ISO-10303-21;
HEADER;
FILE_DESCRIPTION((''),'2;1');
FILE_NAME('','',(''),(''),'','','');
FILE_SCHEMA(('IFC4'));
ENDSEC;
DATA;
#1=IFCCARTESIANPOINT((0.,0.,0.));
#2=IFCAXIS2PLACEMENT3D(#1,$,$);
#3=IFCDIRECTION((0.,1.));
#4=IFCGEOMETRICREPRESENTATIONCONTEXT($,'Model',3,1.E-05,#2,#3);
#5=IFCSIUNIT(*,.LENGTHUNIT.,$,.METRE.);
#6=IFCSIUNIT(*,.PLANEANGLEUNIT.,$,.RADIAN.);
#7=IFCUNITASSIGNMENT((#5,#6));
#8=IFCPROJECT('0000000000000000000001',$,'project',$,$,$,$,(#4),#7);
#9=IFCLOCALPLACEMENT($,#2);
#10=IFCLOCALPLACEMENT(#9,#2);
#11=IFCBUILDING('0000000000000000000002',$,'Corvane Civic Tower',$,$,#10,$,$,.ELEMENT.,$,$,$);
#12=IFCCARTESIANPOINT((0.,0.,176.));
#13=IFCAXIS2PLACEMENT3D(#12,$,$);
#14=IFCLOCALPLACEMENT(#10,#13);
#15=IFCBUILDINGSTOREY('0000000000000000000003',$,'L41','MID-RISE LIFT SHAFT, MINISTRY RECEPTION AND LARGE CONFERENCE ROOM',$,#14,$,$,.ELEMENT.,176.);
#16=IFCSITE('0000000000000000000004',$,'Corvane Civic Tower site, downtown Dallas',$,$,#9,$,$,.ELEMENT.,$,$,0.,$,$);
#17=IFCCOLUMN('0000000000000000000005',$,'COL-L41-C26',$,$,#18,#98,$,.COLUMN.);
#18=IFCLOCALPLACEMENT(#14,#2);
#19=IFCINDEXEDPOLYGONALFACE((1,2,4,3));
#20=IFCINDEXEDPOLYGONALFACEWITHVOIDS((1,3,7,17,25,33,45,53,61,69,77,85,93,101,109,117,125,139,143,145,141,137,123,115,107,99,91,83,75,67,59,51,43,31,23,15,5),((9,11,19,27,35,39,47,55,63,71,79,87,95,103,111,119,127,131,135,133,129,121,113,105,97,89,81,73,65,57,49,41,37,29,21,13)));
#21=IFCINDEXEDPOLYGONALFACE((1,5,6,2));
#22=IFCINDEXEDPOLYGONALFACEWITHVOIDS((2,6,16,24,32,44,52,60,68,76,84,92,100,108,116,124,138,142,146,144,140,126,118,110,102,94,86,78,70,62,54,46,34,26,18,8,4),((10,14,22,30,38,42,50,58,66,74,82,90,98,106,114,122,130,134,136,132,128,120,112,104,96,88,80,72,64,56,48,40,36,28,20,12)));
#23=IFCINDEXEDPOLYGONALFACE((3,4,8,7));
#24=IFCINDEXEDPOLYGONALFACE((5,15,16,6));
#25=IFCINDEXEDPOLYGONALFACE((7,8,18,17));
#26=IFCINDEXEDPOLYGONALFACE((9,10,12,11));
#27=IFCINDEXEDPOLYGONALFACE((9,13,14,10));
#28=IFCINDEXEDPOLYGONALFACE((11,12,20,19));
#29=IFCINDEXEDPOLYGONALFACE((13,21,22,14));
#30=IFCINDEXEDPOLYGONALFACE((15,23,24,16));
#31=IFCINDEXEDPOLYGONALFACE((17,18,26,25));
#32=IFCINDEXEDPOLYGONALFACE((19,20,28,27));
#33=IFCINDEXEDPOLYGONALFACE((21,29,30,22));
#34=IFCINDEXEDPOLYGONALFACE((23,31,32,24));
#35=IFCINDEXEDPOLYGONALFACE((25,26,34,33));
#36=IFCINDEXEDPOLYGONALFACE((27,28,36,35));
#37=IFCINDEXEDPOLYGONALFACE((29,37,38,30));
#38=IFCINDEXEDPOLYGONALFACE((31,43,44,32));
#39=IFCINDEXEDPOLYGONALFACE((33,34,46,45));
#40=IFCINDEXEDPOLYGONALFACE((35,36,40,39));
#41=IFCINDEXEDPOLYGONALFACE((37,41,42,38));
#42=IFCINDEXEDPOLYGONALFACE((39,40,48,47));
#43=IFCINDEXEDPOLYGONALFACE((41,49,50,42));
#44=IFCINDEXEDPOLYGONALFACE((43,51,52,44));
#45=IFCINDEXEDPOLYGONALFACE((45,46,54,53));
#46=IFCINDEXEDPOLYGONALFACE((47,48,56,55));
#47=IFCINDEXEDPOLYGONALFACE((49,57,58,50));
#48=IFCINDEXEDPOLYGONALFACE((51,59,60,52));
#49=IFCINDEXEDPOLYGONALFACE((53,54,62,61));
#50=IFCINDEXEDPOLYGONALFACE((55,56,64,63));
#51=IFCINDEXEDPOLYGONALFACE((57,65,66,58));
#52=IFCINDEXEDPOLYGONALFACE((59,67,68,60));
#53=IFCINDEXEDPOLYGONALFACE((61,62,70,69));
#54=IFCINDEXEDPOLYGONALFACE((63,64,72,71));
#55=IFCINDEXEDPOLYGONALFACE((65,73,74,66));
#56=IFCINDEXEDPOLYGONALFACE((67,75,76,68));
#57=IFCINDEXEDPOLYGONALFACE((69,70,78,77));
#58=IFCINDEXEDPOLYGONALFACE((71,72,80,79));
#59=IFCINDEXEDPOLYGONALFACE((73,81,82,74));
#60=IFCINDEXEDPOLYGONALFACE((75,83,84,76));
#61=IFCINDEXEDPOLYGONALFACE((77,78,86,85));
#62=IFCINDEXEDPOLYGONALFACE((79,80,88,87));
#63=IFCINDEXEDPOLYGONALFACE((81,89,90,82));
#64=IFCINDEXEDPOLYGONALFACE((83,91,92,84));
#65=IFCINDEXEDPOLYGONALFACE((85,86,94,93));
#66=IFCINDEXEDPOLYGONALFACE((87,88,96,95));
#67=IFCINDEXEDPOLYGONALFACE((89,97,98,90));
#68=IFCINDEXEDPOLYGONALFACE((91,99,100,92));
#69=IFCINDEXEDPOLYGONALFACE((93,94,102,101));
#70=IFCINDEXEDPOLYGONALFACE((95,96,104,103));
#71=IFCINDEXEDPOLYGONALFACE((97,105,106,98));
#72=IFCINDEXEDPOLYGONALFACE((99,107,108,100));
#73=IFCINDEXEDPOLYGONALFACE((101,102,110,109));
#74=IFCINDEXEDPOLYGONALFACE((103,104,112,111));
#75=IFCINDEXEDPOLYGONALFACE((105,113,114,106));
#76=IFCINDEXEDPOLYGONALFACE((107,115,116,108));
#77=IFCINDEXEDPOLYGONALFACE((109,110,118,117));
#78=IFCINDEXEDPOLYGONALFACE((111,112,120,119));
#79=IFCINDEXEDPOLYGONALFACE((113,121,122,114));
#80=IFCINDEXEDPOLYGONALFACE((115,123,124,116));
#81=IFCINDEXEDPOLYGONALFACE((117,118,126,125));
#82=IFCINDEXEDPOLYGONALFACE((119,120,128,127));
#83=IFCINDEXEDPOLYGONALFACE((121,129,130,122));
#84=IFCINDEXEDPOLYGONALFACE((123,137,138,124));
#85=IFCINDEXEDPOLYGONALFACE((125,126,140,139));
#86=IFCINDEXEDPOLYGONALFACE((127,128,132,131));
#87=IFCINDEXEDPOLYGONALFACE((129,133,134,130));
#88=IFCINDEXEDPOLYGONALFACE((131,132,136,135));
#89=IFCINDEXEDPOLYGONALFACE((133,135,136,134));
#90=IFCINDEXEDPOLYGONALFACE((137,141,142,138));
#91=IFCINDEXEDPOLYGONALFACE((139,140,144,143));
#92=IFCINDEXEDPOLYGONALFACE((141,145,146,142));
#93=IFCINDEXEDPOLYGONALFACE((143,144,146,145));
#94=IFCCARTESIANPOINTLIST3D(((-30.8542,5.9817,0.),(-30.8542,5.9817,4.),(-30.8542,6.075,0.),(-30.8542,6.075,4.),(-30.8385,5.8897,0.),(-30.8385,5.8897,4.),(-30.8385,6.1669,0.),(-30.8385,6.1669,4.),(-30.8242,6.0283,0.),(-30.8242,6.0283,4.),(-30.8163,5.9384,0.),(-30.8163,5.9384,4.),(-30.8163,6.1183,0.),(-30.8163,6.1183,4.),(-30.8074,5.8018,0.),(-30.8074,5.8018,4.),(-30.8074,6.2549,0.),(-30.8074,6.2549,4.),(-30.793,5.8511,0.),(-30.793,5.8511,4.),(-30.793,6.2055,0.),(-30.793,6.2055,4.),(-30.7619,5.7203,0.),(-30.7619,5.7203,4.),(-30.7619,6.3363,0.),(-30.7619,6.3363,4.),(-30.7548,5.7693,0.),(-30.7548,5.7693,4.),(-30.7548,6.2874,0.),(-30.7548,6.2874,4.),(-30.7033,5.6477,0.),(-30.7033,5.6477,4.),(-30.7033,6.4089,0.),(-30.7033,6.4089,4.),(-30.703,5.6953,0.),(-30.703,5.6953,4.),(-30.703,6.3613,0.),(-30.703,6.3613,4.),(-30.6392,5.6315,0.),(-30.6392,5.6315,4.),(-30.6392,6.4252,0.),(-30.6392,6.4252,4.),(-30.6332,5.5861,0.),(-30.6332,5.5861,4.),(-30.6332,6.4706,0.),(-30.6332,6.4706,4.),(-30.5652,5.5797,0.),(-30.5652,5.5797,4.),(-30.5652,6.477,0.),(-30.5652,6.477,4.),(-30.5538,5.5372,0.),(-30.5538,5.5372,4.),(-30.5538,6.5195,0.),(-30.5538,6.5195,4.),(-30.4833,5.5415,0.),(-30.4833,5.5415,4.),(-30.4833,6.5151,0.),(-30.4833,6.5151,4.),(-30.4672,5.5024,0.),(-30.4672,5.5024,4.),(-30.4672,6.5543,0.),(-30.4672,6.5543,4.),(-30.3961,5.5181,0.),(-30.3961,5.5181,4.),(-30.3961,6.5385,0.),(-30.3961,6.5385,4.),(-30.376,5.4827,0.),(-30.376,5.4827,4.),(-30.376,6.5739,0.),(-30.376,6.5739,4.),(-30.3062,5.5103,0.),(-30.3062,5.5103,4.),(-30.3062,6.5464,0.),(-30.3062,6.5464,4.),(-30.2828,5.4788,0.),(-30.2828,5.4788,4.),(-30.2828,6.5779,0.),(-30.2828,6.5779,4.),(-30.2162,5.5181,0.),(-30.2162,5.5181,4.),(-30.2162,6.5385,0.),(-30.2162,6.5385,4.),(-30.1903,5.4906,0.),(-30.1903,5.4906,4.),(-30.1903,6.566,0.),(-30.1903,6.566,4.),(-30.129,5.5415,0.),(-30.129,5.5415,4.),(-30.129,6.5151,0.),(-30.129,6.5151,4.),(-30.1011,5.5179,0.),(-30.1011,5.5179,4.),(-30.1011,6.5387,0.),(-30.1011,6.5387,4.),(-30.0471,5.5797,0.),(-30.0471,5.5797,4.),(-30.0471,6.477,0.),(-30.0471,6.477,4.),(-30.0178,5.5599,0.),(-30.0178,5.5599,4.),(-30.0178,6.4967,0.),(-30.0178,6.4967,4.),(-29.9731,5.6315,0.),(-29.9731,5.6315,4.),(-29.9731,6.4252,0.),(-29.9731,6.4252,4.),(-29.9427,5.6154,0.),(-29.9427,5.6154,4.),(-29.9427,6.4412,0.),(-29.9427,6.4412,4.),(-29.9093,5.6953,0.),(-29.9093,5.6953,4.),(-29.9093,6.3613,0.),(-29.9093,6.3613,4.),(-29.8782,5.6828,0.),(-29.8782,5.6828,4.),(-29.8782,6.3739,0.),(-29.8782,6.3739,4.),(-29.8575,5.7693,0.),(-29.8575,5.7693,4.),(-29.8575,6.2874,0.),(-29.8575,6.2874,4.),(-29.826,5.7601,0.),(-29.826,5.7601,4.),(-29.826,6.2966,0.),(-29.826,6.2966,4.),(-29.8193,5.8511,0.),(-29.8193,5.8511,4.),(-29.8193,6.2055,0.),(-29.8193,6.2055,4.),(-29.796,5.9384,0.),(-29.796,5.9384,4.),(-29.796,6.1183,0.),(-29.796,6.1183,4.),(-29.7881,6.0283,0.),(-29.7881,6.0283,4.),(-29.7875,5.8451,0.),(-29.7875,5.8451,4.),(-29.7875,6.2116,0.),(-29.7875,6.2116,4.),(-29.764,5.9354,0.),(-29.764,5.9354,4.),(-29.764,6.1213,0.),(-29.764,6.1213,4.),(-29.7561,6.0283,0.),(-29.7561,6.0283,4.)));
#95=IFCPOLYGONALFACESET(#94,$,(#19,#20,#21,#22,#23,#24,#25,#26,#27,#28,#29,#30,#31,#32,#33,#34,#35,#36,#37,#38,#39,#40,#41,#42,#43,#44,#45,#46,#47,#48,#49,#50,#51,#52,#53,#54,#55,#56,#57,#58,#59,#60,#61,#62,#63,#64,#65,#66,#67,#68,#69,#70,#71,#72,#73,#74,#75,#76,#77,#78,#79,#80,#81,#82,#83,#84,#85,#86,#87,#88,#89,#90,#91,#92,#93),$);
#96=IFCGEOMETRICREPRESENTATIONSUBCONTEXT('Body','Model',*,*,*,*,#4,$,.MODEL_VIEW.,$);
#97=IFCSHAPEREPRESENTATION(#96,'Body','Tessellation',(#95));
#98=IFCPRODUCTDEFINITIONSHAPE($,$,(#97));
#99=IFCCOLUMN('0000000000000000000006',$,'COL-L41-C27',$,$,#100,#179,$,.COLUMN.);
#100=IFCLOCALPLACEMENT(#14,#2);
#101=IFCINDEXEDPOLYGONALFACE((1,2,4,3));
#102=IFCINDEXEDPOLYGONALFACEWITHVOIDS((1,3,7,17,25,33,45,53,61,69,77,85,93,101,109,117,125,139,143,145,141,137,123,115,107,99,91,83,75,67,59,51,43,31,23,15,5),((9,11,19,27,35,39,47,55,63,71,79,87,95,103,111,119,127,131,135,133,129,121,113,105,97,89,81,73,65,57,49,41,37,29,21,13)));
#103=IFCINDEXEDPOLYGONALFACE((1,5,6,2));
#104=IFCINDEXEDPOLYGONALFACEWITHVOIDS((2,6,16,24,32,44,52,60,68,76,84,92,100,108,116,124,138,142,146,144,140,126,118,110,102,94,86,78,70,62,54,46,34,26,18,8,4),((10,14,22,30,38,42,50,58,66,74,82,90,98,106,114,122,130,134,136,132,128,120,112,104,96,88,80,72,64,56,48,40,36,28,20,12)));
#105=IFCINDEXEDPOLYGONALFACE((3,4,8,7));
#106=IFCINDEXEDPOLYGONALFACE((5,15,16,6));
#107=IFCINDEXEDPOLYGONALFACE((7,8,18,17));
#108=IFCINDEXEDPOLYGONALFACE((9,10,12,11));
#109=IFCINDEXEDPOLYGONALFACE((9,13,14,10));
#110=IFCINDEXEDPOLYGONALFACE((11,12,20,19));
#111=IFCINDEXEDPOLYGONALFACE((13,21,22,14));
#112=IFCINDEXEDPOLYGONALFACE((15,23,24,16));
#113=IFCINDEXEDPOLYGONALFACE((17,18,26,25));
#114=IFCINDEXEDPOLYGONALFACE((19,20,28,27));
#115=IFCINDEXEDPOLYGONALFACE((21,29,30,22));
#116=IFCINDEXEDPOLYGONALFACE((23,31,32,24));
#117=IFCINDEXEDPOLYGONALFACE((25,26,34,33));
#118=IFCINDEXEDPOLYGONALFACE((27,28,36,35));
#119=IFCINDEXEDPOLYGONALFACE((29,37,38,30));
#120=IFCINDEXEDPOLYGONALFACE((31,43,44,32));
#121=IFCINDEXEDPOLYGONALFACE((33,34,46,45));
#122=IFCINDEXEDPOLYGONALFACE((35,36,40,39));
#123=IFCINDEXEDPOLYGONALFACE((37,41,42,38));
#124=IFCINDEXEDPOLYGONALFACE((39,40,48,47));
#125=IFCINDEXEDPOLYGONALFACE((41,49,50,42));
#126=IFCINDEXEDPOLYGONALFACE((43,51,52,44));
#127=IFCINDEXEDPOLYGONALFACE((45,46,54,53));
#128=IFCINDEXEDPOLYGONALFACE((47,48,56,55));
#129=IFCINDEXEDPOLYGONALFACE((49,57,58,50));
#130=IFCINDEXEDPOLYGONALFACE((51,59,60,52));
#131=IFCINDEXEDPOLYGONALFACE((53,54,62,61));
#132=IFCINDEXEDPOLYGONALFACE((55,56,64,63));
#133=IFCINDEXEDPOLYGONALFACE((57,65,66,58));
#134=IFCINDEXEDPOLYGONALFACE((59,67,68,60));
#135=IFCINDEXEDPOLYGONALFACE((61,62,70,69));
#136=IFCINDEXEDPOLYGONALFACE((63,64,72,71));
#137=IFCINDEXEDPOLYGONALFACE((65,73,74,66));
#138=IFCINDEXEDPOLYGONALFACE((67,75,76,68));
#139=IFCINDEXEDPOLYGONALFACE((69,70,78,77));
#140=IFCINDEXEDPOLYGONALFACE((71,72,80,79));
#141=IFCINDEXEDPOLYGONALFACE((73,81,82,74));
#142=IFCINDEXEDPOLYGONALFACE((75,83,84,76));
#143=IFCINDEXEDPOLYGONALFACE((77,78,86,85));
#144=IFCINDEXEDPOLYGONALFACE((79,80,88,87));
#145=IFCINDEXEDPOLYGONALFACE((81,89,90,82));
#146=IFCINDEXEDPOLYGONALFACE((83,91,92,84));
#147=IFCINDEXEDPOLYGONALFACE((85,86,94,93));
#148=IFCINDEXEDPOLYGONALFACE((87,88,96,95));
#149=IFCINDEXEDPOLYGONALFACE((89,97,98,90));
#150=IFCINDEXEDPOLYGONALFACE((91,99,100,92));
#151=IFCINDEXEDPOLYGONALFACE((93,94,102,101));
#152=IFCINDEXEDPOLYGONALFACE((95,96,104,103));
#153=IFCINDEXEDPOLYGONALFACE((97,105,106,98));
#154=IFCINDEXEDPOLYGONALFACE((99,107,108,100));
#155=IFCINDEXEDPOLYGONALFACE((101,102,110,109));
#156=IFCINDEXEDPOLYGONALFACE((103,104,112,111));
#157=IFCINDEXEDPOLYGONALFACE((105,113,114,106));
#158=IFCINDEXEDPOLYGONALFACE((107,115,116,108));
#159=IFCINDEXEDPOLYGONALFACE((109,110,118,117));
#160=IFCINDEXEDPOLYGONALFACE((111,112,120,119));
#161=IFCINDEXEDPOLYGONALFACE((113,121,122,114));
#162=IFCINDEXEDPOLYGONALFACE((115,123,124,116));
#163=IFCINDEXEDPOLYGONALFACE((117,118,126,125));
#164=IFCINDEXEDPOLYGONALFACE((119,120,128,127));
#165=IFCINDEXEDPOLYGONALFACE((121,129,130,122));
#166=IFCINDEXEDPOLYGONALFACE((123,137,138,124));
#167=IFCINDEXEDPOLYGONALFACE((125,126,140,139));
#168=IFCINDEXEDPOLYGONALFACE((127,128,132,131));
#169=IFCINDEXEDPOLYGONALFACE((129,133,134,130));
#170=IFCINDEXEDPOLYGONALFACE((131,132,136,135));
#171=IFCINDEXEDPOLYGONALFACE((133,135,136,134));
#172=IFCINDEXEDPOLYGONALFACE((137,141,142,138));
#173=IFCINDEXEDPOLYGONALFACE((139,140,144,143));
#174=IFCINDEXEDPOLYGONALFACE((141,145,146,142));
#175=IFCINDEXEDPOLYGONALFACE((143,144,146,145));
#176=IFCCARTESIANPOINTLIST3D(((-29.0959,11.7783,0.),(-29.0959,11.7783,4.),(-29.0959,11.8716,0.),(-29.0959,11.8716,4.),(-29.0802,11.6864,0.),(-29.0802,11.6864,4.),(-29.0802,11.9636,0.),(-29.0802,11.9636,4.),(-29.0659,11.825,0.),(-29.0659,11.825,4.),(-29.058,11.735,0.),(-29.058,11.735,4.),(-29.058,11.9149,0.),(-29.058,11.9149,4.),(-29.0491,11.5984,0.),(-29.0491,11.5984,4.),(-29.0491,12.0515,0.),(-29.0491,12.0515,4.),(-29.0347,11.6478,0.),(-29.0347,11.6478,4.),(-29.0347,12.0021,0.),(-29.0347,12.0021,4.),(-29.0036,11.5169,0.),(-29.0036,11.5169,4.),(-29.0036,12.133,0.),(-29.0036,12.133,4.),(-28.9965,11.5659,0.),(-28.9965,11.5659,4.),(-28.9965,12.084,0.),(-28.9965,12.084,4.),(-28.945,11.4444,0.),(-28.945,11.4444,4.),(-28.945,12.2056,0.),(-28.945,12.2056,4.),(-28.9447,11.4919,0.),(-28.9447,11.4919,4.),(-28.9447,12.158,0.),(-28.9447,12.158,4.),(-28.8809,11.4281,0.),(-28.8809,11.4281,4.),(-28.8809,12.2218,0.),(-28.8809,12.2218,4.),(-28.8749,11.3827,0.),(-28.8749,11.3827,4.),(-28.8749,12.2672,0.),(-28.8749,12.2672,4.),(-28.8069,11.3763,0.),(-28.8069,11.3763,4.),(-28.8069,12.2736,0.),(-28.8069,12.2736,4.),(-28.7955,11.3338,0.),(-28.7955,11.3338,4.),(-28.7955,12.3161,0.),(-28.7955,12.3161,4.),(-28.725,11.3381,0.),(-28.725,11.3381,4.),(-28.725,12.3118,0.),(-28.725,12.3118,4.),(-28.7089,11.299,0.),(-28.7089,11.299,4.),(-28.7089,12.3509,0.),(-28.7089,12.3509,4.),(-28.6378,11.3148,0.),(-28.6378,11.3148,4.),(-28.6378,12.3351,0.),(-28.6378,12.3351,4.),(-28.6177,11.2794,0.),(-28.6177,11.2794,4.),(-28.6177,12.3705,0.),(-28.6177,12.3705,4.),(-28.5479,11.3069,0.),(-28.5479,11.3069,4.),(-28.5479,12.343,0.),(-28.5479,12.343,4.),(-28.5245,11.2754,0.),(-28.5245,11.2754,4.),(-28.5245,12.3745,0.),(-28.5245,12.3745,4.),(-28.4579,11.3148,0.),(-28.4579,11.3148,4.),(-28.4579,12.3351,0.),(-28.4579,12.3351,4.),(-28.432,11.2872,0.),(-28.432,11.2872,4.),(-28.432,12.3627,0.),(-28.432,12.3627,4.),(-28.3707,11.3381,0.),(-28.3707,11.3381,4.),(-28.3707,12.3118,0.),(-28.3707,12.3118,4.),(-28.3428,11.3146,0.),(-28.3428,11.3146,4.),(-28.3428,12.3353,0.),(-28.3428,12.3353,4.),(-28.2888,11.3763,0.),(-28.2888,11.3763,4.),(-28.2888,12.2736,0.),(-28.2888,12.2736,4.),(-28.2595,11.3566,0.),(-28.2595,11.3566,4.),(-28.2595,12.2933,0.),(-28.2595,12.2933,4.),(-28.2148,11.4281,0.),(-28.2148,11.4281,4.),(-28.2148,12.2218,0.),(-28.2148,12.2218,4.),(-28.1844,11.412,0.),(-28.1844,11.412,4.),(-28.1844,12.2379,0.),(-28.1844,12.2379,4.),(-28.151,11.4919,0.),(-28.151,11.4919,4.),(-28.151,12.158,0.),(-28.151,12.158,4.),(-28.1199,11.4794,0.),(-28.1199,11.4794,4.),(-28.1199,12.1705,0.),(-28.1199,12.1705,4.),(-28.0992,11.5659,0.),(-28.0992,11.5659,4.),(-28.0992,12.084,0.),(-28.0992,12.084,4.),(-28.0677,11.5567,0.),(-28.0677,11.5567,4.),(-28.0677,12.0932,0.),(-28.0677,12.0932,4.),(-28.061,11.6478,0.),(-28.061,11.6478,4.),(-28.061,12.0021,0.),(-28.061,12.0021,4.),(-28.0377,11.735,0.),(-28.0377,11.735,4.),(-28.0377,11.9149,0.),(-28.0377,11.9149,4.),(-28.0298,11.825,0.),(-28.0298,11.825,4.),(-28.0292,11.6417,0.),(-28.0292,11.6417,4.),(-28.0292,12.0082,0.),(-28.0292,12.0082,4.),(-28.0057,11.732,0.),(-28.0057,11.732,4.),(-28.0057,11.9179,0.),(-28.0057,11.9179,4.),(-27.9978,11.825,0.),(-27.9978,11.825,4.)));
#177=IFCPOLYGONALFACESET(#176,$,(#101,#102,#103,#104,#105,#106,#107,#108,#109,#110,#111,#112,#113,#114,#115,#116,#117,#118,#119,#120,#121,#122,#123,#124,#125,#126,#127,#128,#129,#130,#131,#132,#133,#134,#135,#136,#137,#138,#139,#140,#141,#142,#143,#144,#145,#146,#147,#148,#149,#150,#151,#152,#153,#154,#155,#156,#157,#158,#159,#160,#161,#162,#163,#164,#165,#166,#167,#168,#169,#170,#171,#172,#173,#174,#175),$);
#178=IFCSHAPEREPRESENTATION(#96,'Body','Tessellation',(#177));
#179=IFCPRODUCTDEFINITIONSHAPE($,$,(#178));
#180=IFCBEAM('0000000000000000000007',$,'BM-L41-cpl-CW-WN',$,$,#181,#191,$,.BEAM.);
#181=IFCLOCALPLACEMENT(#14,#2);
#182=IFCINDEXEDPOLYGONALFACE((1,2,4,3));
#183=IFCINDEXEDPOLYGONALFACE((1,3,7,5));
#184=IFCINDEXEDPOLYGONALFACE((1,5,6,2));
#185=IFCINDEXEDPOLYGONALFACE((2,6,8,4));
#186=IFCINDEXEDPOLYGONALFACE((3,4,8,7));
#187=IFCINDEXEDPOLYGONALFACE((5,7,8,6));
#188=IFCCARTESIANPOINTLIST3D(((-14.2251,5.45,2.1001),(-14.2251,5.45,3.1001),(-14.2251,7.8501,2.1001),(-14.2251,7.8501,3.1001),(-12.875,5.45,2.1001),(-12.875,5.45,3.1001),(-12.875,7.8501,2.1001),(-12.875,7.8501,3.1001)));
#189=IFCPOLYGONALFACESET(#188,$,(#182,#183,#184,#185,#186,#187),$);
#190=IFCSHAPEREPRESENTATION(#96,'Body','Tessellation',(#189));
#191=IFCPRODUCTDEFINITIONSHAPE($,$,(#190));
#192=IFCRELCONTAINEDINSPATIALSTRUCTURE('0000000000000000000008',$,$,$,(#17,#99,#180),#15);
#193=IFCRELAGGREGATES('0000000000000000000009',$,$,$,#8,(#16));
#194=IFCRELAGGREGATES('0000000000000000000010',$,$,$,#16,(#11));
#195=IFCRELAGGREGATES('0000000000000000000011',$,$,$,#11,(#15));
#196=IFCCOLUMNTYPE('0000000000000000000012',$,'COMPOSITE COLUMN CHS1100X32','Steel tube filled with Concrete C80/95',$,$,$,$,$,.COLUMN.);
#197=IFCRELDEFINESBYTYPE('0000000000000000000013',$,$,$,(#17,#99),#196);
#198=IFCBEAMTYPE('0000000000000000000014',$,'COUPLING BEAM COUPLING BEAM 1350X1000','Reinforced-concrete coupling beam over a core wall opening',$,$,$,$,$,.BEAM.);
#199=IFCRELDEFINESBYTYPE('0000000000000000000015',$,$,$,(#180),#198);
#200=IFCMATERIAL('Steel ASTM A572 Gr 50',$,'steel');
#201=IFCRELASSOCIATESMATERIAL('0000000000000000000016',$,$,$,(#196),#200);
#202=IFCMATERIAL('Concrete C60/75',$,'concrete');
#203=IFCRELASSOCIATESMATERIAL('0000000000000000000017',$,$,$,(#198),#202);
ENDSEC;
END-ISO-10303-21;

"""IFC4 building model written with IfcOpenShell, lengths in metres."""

from ifc_helpers import new_model, si_unit, direction, frame, origin, origin_2d, place, context, subcontext, project, spatial, rectangle, hollow_circle, extrude, material, material_profile, profile_set, type_object, element, save


model = new_model("IFC4")

# Units and contexts
model_context = context("Model", 3, precision=1e-05, world=origin(), true_north=direction((0.0, 1.0)))
body_context = subcontext(model_context, "Body", "Model", "MODEL_VIEW")
ifc_project = project(units=[si_unit("LENGTHUNIT", "METRE"), si_unit("PLANEANGLEUNIT", "RADIAN")], contexts=[model_context])

# Site, building, storey
site_placement = place(None, origin())
site = spatial("IfcSite", under=ifc_project, at=site_placement, Name="Corvane Civic Tower site, downtown Dallas", CompositionType="ELEMENT", RefElevation=0.0)
building_placement = place(site_placement, origin())
building = spatial("IfcBuilding", under=site, at=building_placement, Name="Corvane Civic Tower", CompositionType="ELEMENT")
storey_placement = place(building_placement, frame((0.0, 0.0, 176.0)))
storey = spatial("IfcBuildingStorey", under=building, at=storey_placement, Name="L41", Description="MID-RISE LIFT SHAFT, MINISTRY RECEPTION AND LARGE CONFERENCE ROOM", CompositionType="ELEMENT", Elevation=176.0)

# Columns
ifc_material_1 = material(Name="Steel ASTM A572 Gr 50", Category="steel")
ifc_material_profile_1 = material_profile(ifc_material_1, hollow_circle(Radius=0.55, WallThickness=0.032, at=origin_2d()), Name="CHS1100X32")
ifc_profile_set_1 = profile_set([ifc_material_profile_1], Name="Steel ASTM A572 Gr 50")
column_type = type_object("IfcColumnType", Name="COMPOSITE COLUMN CHS1100X32", Description="Steel tube filled with Concrete C80/95", PredefinedType="COLUMN", material=ifc_profile_set_1)
for number, where, z_axis, x_axis, name in (
    (1, (-30.3062, 6.0283, 0.0), (0.0, 0.0, 1.0), (1.0, 0.0, 0.0), "COL-L41-C26"),
    (2, (-28.5479, 11.825, 0.0), (0.0, 0.0, 1.0), (1.0, 0.0, 0.0), "COL-L41-C27"),
):
    element("IfcColumn", number, at=place(storey_placement, frame(where, z_axis=z_axis, x_axis=x_axis)), inside=storey, type_object=column_type, Name=name, PredefinedType="COLUMN", context=body_context, shape_type="SweptSolid", body=[
        extrude(hollow_circle(Radius=0.55, WallThickness=0.032, at=origin_2d()), origin(), (0.0, 0.0, 1.0), 4.0),
    ])

# Beam
ifc_material_2 = material(Name="Concrete C60/75", Category="concrete")
ifc_material_profile_2 = material_profile(ifc_material_2, rectangle(XDim=1.3501, YDim=1.0, at=origin_2d()), Name="COUPLING BEAM 1350X1000")
ifc_profile_set_2 = profile_set([ifc_material_profile_2], Name="Concrete C60/75")
beam_type_1 = type_object("IfcBeamType", Name="COUPLING BEAM COUPLING BEAM 1350X1000", Description="Reinforced-concrete coupling beam over a core wall opening", PredefinedType="BEAM", material=ifc_profile_set_2)
beam_1_placement = place(storey_placement, frame((-13.55, 5.45, 2.6001), z_axis=(0.0, 1.0, 0.0), x_axis=(-1.0, 0.0, 0.0)))
element("IfcBeam", 3, at=beam_1_placement, inside=storey, type_object=beam_type_1, Name="BM-L41-cpl-CW-WN", PredefinedType="BEAM", context=body_context, shape_type="SweptSolid", body=[
    extrude(rectangle(XDim=1.3501, YDim=1.0, at=origin_2d()), origin(), (0.0, 0.0, 1.0), 2.4001),
])

save(model, "model.ifc")
